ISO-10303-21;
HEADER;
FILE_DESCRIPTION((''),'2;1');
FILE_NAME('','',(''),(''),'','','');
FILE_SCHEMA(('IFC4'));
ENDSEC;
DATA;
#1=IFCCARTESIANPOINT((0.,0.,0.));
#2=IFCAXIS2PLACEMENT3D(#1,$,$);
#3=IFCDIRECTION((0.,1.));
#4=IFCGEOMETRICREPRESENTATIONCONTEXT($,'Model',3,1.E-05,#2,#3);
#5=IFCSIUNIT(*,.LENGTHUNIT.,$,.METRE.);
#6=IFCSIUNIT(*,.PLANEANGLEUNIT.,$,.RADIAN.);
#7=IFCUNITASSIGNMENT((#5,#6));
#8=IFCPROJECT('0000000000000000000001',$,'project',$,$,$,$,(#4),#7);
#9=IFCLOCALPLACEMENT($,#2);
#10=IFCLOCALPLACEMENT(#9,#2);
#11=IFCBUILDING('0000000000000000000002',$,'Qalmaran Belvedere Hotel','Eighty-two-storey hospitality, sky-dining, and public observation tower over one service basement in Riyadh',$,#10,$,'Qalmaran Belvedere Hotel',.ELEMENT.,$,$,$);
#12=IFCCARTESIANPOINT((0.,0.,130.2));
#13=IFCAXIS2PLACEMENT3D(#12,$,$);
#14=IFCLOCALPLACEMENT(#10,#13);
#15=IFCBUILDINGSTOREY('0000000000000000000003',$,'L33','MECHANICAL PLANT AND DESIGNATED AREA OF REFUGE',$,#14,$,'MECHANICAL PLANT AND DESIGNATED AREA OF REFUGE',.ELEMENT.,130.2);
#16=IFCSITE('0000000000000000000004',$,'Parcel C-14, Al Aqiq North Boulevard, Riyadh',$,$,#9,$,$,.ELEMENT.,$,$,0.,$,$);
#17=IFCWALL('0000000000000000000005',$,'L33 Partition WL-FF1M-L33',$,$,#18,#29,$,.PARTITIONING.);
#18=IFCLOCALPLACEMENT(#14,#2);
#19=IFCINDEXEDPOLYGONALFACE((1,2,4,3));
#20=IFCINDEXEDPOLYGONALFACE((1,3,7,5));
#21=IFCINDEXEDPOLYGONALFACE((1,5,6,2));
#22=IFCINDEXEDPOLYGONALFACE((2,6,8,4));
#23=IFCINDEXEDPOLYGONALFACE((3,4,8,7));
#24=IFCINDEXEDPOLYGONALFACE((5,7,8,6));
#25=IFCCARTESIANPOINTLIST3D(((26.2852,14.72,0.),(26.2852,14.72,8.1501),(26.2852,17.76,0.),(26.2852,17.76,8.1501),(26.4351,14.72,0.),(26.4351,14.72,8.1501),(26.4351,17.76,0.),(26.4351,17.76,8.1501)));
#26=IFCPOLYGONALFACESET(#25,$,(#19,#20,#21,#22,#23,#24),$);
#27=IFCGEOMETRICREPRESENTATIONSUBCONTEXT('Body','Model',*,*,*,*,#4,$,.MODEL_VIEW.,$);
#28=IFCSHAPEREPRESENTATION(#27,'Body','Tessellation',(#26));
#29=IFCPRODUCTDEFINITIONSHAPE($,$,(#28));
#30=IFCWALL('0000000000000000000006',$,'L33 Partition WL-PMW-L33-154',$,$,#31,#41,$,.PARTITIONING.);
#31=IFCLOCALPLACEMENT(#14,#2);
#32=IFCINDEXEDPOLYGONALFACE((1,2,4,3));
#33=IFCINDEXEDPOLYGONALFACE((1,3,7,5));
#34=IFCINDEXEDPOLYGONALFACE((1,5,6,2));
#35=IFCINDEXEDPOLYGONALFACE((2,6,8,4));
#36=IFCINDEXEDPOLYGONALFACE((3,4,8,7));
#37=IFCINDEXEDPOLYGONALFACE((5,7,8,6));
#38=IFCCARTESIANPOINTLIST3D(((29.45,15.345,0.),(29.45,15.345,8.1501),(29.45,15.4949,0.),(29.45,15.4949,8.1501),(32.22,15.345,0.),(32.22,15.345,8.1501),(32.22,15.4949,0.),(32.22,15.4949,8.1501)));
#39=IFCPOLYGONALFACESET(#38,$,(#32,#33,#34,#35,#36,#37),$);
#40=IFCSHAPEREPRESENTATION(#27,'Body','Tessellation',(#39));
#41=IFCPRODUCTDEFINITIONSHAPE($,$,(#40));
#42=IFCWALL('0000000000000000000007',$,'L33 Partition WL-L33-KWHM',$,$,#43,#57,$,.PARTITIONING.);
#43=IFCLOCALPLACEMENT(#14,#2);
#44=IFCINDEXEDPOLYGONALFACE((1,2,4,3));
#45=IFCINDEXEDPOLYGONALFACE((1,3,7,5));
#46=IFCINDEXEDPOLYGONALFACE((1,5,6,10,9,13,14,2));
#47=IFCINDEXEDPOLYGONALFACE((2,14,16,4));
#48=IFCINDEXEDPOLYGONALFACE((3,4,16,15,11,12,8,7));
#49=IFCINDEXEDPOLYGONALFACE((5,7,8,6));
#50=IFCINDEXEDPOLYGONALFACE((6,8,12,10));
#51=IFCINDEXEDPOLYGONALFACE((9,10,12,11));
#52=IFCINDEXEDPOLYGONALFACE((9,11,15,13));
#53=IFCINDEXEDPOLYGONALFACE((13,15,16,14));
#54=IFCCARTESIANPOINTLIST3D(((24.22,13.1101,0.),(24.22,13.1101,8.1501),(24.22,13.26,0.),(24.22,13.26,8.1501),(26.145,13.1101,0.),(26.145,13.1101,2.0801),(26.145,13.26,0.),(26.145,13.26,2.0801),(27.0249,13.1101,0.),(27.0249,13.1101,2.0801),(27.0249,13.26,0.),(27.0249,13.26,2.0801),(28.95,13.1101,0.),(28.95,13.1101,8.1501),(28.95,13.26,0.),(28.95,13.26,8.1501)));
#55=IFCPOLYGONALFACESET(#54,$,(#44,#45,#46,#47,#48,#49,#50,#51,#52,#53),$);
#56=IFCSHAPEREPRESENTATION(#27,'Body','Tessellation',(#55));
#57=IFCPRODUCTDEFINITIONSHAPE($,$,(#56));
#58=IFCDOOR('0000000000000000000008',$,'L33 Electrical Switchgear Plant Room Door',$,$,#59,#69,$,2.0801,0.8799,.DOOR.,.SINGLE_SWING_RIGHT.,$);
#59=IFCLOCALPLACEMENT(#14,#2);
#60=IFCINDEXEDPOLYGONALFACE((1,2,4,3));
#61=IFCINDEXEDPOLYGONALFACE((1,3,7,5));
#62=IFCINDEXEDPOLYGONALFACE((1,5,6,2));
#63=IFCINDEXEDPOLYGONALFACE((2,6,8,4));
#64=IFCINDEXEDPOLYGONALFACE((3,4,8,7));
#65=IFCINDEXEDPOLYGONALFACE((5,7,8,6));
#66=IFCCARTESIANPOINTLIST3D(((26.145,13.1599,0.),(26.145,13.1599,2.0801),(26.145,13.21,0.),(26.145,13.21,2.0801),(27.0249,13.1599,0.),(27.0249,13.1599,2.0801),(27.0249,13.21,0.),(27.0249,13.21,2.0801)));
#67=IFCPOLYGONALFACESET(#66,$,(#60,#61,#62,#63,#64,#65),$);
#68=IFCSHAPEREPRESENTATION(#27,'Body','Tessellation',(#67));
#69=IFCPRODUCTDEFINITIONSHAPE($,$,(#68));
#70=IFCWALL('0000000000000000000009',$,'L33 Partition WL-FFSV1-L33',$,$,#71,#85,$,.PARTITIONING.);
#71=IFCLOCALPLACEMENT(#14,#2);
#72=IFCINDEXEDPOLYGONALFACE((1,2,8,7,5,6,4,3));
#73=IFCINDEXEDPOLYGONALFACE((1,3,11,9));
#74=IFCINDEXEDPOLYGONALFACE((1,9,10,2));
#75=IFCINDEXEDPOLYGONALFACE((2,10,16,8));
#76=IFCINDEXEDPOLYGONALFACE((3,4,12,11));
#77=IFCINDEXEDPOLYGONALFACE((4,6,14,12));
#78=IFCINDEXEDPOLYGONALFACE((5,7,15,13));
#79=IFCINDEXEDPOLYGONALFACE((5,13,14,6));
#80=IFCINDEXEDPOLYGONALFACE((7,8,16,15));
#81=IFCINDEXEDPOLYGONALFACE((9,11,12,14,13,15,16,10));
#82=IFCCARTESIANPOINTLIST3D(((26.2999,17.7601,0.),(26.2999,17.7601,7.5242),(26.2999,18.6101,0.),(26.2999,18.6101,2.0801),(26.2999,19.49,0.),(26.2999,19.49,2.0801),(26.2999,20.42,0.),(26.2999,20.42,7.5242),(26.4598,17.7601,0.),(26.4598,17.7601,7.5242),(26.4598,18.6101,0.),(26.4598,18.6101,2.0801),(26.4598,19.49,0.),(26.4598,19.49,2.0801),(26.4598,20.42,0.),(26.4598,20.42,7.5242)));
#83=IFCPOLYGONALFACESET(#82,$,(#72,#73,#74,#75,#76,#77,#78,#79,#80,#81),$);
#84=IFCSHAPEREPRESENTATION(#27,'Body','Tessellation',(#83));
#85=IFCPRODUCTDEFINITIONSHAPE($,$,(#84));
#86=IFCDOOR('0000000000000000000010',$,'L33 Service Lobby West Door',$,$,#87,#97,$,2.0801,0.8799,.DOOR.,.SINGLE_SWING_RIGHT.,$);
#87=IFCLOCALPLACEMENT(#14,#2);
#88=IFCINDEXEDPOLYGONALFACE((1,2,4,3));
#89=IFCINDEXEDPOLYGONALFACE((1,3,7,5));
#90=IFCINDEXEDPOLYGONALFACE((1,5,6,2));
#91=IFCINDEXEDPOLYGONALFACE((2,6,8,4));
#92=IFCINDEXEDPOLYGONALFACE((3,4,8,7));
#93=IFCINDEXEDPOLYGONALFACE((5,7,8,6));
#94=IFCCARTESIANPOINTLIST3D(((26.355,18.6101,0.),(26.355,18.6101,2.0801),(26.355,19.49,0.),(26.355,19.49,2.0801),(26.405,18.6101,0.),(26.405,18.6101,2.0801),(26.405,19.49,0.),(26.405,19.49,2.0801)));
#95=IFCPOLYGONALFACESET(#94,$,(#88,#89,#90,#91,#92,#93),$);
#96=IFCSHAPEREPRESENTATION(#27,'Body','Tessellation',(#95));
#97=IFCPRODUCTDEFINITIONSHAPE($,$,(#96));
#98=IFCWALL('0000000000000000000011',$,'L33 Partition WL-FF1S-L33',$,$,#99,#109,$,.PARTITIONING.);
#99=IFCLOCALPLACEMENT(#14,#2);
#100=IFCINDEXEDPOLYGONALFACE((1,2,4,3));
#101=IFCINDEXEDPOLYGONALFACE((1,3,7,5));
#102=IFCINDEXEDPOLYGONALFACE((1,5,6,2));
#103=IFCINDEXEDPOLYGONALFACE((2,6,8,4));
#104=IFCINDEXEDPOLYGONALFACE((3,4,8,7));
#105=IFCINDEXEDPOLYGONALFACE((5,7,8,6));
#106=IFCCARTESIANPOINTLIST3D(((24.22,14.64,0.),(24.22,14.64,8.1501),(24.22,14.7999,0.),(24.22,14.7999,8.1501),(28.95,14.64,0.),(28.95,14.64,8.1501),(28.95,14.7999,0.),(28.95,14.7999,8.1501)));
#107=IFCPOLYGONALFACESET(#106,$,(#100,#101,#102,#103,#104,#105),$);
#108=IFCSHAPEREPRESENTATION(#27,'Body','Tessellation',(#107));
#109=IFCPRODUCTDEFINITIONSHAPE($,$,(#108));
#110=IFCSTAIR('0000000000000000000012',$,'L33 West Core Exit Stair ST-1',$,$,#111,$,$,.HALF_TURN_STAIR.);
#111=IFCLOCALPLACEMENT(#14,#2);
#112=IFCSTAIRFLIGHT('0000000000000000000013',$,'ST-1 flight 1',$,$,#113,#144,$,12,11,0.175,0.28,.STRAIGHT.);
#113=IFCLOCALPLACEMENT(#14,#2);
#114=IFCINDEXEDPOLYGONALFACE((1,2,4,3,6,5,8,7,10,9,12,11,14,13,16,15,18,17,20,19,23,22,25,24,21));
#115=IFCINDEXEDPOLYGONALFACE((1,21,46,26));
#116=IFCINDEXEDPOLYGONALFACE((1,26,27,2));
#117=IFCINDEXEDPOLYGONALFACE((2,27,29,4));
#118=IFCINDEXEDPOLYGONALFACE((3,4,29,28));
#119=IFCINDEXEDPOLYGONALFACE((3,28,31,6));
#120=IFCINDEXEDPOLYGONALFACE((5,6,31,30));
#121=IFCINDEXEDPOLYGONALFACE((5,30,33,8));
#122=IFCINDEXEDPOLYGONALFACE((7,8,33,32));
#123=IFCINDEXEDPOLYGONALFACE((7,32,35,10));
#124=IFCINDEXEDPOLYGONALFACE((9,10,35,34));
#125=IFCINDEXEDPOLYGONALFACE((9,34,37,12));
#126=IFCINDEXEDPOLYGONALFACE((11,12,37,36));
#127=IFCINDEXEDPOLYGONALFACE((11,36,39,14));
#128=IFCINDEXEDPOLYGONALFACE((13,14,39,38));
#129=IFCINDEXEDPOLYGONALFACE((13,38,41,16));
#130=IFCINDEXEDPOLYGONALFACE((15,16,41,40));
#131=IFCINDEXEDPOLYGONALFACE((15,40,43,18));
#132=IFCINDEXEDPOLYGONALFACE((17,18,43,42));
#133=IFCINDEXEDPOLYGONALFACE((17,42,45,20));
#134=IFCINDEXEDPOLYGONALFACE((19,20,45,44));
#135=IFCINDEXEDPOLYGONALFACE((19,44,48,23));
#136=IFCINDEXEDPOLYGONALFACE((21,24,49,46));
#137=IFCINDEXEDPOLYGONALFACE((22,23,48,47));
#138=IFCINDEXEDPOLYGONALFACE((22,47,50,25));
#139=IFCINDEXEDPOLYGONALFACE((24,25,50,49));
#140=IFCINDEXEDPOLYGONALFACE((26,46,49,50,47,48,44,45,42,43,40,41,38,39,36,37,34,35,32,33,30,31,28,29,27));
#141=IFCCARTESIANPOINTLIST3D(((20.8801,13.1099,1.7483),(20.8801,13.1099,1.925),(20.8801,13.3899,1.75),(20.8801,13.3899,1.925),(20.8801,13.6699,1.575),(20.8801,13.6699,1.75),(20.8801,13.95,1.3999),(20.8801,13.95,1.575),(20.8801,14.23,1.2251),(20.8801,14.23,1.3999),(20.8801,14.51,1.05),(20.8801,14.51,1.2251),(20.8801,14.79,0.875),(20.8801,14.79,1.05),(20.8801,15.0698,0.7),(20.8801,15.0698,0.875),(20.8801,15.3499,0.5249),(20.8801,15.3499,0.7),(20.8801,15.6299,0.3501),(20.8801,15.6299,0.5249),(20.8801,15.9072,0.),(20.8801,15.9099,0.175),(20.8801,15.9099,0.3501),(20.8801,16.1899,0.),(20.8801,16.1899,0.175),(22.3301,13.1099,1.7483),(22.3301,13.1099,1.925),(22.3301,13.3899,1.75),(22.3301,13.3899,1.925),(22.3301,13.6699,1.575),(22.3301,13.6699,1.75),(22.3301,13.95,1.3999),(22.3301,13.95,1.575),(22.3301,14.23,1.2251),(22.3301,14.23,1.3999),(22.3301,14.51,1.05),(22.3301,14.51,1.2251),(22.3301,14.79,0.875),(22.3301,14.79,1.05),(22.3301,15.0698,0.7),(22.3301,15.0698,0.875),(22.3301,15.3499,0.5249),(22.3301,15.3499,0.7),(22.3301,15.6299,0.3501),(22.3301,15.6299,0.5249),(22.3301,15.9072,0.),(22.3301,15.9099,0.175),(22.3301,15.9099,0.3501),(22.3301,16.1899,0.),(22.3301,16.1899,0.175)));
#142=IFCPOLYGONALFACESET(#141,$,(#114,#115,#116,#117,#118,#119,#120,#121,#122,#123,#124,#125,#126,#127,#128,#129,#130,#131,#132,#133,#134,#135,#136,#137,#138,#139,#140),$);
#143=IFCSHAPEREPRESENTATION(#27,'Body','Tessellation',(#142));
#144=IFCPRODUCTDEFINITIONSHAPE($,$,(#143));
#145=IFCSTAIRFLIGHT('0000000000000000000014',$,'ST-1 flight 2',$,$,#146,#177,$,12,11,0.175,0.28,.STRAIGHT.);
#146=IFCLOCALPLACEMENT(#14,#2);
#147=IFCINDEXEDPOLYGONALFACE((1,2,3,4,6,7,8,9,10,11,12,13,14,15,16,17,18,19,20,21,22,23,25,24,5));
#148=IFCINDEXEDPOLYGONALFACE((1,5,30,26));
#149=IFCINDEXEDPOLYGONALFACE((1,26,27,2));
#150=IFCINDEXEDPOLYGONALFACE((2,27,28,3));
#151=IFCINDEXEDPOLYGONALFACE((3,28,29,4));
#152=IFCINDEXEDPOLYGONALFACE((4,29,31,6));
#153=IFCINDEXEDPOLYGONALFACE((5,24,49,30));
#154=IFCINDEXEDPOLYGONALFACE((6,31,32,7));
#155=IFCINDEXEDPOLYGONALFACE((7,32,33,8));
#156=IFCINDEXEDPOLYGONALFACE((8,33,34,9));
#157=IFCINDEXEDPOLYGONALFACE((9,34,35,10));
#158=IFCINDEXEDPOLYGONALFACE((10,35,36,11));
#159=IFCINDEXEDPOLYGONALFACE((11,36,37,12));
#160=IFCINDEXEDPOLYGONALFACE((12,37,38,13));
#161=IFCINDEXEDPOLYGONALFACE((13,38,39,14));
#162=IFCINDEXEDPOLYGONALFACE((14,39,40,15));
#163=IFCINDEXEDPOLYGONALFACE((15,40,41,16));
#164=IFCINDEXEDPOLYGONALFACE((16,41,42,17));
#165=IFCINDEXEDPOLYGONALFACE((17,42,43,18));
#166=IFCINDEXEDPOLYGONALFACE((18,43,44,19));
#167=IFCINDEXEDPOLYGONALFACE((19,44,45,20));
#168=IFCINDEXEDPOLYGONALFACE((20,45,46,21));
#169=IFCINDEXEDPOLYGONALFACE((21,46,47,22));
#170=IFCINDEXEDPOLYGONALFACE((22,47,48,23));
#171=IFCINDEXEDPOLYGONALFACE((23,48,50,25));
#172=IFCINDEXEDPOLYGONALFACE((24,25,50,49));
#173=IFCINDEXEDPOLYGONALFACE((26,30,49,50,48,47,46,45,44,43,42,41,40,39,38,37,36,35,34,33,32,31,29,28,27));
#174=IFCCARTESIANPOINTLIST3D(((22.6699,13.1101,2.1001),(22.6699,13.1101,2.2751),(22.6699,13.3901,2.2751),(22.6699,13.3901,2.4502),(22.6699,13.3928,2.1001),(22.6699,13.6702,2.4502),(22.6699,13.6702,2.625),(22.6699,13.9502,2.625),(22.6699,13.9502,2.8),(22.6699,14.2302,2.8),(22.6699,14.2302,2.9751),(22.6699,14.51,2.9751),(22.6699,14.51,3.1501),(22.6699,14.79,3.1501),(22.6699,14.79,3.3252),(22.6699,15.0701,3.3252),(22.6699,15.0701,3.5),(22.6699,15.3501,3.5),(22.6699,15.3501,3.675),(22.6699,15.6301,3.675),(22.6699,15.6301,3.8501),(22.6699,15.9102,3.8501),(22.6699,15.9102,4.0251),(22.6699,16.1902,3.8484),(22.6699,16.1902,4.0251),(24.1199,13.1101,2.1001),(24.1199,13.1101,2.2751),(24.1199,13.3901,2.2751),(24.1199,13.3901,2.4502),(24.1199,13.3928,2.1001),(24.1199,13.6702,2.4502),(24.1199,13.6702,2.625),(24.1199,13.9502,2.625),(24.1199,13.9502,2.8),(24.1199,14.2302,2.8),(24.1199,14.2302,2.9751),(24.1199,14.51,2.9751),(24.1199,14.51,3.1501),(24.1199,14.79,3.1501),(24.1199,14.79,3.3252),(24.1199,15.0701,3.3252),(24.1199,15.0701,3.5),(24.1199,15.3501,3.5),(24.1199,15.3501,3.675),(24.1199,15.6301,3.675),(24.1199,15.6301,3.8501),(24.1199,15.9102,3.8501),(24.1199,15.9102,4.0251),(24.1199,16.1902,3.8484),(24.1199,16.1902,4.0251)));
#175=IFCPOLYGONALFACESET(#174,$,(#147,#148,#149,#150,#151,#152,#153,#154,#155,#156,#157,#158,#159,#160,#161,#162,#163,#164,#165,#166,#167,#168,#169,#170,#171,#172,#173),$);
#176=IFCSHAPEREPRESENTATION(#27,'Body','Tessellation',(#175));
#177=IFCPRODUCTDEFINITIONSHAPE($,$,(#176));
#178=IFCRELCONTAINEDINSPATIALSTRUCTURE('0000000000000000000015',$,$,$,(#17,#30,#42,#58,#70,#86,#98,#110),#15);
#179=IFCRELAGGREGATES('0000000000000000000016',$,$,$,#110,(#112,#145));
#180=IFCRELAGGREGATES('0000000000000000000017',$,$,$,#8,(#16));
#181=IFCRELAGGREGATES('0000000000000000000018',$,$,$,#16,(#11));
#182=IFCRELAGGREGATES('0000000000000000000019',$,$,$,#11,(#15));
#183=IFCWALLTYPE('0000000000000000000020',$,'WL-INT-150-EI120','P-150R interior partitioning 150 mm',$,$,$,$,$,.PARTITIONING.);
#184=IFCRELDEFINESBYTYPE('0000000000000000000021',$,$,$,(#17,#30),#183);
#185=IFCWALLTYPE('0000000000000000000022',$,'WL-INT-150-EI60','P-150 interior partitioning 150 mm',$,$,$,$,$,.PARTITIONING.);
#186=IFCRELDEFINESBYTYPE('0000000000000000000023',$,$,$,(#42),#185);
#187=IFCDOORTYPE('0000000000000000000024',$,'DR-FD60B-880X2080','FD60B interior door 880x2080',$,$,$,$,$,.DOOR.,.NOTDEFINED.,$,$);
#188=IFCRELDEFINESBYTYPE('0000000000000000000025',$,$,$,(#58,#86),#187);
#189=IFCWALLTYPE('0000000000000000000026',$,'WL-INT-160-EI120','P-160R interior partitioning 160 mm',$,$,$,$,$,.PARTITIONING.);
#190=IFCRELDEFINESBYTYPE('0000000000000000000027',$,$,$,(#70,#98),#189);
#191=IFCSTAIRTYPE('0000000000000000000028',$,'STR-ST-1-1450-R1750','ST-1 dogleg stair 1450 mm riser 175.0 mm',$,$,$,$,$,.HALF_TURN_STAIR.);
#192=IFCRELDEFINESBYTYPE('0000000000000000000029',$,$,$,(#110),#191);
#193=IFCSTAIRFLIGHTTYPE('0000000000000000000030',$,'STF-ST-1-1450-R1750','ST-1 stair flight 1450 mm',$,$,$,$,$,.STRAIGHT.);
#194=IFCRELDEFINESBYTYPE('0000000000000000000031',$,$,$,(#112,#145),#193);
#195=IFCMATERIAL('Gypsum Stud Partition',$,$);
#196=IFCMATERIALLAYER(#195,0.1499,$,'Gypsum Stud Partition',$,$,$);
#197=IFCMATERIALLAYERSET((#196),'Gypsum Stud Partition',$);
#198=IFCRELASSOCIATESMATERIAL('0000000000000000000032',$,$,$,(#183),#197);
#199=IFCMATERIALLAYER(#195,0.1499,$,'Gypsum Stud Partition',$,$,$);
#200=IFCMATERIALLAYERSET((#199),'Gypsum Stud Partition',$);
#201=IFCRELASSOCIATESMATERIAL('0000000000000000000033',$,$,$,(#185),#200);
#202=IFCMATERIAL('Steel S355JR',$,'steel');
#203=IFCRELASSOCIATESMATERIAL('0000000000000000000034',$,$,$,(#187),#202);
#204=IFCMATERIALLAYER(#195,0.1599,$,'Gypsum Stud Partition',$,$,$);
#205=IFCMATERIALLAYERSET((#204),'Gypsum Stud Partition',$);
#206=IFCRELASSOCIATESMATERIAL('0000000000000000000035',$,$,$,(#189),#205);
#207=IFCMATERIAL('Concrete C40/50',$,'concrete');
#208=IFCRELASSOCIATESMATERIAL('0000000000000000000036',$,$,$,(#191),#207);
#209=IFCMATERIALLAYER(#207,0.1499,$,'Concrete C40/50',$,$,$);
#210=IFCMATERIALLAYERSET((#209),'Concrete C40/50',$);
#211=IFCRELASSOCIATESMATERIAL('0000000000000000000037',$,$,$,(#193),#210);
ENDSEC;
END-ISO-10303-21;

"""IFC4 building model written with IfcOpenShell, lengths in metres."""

from ifc_helpers import new_model, si_unit, direction, frame, frame_2d, origin, place, context, subcontext, project, spatial, polyline, rectangle, outline, extrude, material, layer, layer_set, type_object, element, fill, aggregate, save


model = new_model("IFC4")

# Units and contexts
model_context = context("Model", 3, precision=1e-05, world=origin(), true_north=direction((0.0, 1.0)))
body_context = subcontext(model_context, "Body", "Model", "MODEL_VIEW")
ifc_project = project(units=[si_unit("LENGTHUNIT", "METRE"), si_unit("PLANEANGLEUNIT", "RADIAN")], contexts=[model_context])

# Site, building, storey
site_placement = place(None, origin())
site = spatial("IfcSite", under=ifc_project, at=site_placement, Name="Parcel C-14, Al Aqiq North Boulevard, Riyadh", CompositionType="ELEMENT", RefElevation=0.0)
building_placement = place(site_placement, origin())
building = spatial("IfcBuilding", under=site, at=building_placement, Name="Qalmaran Belvedere Hotel", Description="Eighty-two-storey hospitality, sky-dining, and public observation tower over one service basement in Riyadh", LongName="Qalmaran Belvedere Hotel", CompositionType="ELEMENT")
storey_placement = place(building_placement, frame((0.0, 0.0, 130.2)))
storey = spatial("IfcBuildingStorey", under=building, at=storey_placement, Name="L33", Description="MECHANICAL PLANT AND DESIGNATED AREA OF REFUGE", LongName="MECHANICAL PLANT AND DESIGNATED AREA OF REFUGE", CompositionType="ELEMENT", Elevation=130.2)

# Walls
ifc_material_1 = material(Name="Gypsum Stud Partition")
ifc_layer_1 = layer(ifc_material_1, 0.1499, Name="Gypsum Stud Partition")
ifc_layer_set_1 = layer_set([ifc_layer_1], Name="Gypsum Stud Partition")
wall_type_1 = type_object("IfcWallType", Name="WL-INT-150-EI120", Description="P-150R interior partitioning 150 mm", PredefinedType="PARTITIONING", material=ifc_layer_set_1)
wall_1_placement = place(storey_placement, frame((26.3601, 14.72, 0.0), z_axis=(0.0, 0.0, 1.0), x_axis=(0.0, 1.0, 0.0)))
element("IfcWall", 1, at=wall_1_placement, inside=storey, type_object=wall_type_1, Name="L33 Partition WL-FF1M-L33", PredefinedType="PARTITIONING", context=body_context, shape_type="SweptSolid", body=[
    extrude(rectangle(XDim=3.04, YDim=0.1499, at=frame_2d((1.52, 0.0))), origin(), (0.0, 0.0, 1.0), 8.1501),
])
wall_2_placement = place(storey_placement, frame((29.45, 15.4199, 0.0), z_axis=(0.0, 0.0, 1.0), x_axis=(1.0, 0.0, 0.0)))
element("IfcWall", 2, at=wall_2_placement, inside=storey, type_object=wall_type_1, Name="L33 Partition WL-PMW-L33-154", PredefinedType="PARTITIONING", context=body_context, shape_type="SweptSolid", body=[
    extrude(rectangle(XDim=2.77, YDim=0.1499, at=frame_2d((1.385, 0.0))), origin(), (0.0, 0.0, 1.0), 8.1501),
])

# Walls, openings, doors
ifc_layer_2 = layer(ifc_material_1, 0.1499, Name="Gypsum Stud Partition")
ifc_layer_set_2 = layer_set([ifc_layer_2], Name="Gypsum Stud Partition")
wall_type_2 = type_object("IfcWallType", Name="WL-INT-150-EI60", Description="P-150 interior partitioning 150 mm", PredefinedType="PARTITIONING", material=ifc_layer_set_2)
wall_3_placement = place(storey_placement, frame((24.22, 13.1851, 0.0), z_axis=(0.0, 0.0, 1.0), x_axis=(1.0, 0.0, 0.0)))
wall_3 = element("IfcWall", 3, at=wall_3_placement, inside=storey, type_object=wall_type_2, Name="L33 Partition WL-L33-KWHM", PredefinedType="PARTITIONING", context=body_context, shape_type="SweptSolid", body=[
    extrude(rectangle(XDim=4.73, YDim=0.1499, at=frame_2d((2.365, 0.0))), origin(), (0.0, 0.0, 1.0), 8.1501),
])
opening_1_placement = place(wall_3_placement, frame((1.925, 0.0, 0.0)))
opening_1 = element("IfcOpeningElement", 4, at=opening_1_placement, cuts=wall_3, PredefinedType="OPENING", context=body_context, shape_type="SweptSolid", body=[
    extrude(rectangle(XDim=0.8799, YDim=2.0801, at=frame_2d((0.4399, 1.04))), frame((0.0, 0.085, 0.0), z_axis=(0.0, -1.0, 0.0), x_axis=(1.0, 0.0, 0.0)), (0.0, 0.0, 1.0), 0.1699),
])
ifc_material_2 = material(Name="Steel S355JR", Category="steel")
door_type = type_object("IfcDoorType", Name="DR-FD60B-880X2080", Description="FD60B interior door 880x2080", OperationType="NOTDEFINED", PredefinedType="DOOR", material=ifc_material_2)
door_1_placement = place(opening_1_placement, origin())
door_1 = element("IfcDoor", 5, at=door_1_placement, inside=storey, type_object=door_type, Name="L33 Electrical Switchgear Plant Room Door", OperationType="SINGLE_SWING_RIGHT", OverallHeight=2.0801, OverallWidth=0.8799, PredefinedType="DOOR", context=body_context, shape_type="SweptSolid", body=[
    extrude(rectangle(XDim=0.8799, YDim=2.0801, at=frame_2d((0.4399, 1.04))), frame((0.0, 0.0249, 0.0), z_axis=(0.0, -1.0, 0.0), x_axis=(1.0, 0.0, 0.0)), (0.0, 0.0, 1.0), 0.05),
])
fill(opening_1, door_1)
ifc_layer_3 = layer(ifc_material_1, 0.1599, Name="Gypsum Stud Partition")
ifc_layer_set_3 = layer_set([ifc_layer_3], Name="Gypsum Stud Partition")
wall_type_3 = type_object("IfcWallType", Name="WL-INT-160-EI120", Description="P-160R interior partitioning 160 mm", PredefinedType="PARTITIONING", material=ifc_layer_set_3)
wall_4_placement = place(storey_placement, frame((26.3799, 17.76, 0.0), z_axis=(0.0, 0.0, 1.0), x_axis=(0.0, 1.0, 0.0)))
wall_4 = element("IfcWall", 6, at=wall_4_placement, inside=storey, type_object=wall_type_3, Name="L33 Partition WL-FFSV1-L33", PredefinedType="PARTITIONING", context=body_context, shape_type="SweptSolid", body=[
    extrude(rectangle(XDim=2.6599, YDim=0.1599, at=frame_2d((1.3301, 0.0))), origin(), (0.0, 0.0, 1.0), 7.5242),
])
opening_2_placement = place(wall_4_placement, frame((0.8501, 0.0, 0.0)))
opening_2 = element("IfcOpeningElement", 7, at=opening_2_placement, cuts=wall_4, PredefinedType="OPENING", context=body_context, shape_type="SweptSolid", body=[
    extrude(rectangle(XDim=0.8799, YDim=2.0801, at=frame_2d((0.4399, 1.04))), frame((0.0, 0.0898, 0.0), z_axis=(0.0, -1.0, 0.0), x_axis=(1.0, 0.0, 0.0)), (0.0, 0.0, 1.0), 0.1799),
])
door_2_placement = place(opening_2_placement, origin())
door_2 = element("IfcDoor", 8, at=door_2_placement, inside=storey, type_object=door_type, Name="L33 Service Lobby West Door", OperationType="SINGLE_SWING_RIGHT", OverallHeight=2.0801, OverallWidth=0.8799, PredefinedType="DOOR", context=body_context, shape_type="SweptSolid", body=[
    extrude(rectangle(XDim=0.8799, YDim=2.0801, at=frame_2d((0.4399, 1.04))), frame((0.0, 0.0249, 0.0), z_axis=(0.0, -1.0, 0.0), x_axis=(1.0, 0.0, 0.0)), (0.0, 0.0, 1.0), 0.05),
])
fill(opening_2, door_2)

# Wall
wall_5_placement = place(storey_placement, frame((24.22, 14.72, 0.0), z_axis=(0.0, 0.0, 1.0), x_axis=(1.0, 0.0, 0.0)))
element("IfcWall", 9, at=wall_5_placement, inside=storey, type_object=wall_type_3, Name="L33 Partition WL-FF1S-L33", PredefinedType="PARTITIONING", context=body_context, shape_type="SweptSolid", body=[
    extrude(rectangle(XDim=4.73, YDim=0.1599, at=frame_2d((2.365, 0.0))), origin(), (0.0, 0.0, 1.0), 8.1501),
])

# Stair, stair flights
ifc_material_3 = material(Name="Concrete C40/50", Category="concrete")
stair_type = type_object("IfcStairType", Name="STR-ST-1-1450-R1750", Description="ST-1 dogleg stair 1450 mm riser 175.0 mm", PredefinedType="HALF_TURN_STAIR", material=ifc_material_3)
stair_placement = place(storey_placement, origin())
stair = element("IfcStair", 10, at=stair_placement, inside=storey, type_object=stair_type, Name="L33 West Core Exit Stair ST-1", PredefinedType="HALF_TURN_STAIR")
ifc_layer_4 = layer(ifc_material_3, 0.1499, Name="Concrete C40/50")
ifc_layer_set_4 = layer_set([ifc_layer_4], Name="Concrete C40/50")
stair_flight_type = type_object("IfcStairFlightType", Name="STF-ST-1-1450-R1750", Description="ST-1 stair flight 1450 mm", PredefinedType="STRAIGHT", material=ifc_layer_set_4)
stair_flight_1_placement = place(storey_placement, frame((21.605, 16.1899, 0.0), z_axis=(0.0, 0.0, 1.0), x_axis=(0.0, -1.0, 0.0)))
stair_flight_1 = element("IfcStairFlight", 11, at=stair_flight_1_placement, type_object=stair_flight_type, Name="ST-1 flight 1", NumberOfRisers=12, NumberOfTreads=11, PredefinedType="STRAIGHT", RiserHeight=0.175, TreadLength=0.28, context=body_context, shape_type="SweptSolid", body=[
    extrude(outline(polyline([(0.0, 0.0), (0.0, 0.175), (0.28, 0.175), (0.28, 0.3501), (0.5601, 0.3501), (0.5601, 0.5249), (0.8401, 0.5249), (0.8401, 0.7), (1.1201, 0.7), (1.1201, 0.875), (1.3999, 0.875), (1.3999, 1.05), (1.6799, 1.05), (1.6799, 1.2251), (1.96, 1.2251), (1.96, 1.3999), (2.24, 1.3999), (2.24, 1.575), (2.52, 1.575), (2.52, 1.75), (2.8, 1.75), (2.8, 1.925), (3.0801, 1.925), (3.0801, 2.1001), (3.0801, 1.7483), (0.2827, 0.0), (0.0, 0.0)])), frame((0.0, 0.7251, 0.0), z_axis=(0.0, -1.0, 0.0), x_axis=(1.0, 0.0, 0.0)), (0.0, 0.0, 1.0), 1.45),
])
stair_flight_2_placement = place(storey_placement, frame((23.395, 13.1101, 2.1001), z_axis=(0.0, 0.0, 1.0), x_axis=(0.0, 1.0, 0.0)))
stair_flight_2 = element("IfcStairFlight", 12, at=stair_flight_2_placement, type_object=stair_flight_type, Name="ST-1 flight 2", NumberOfRisers=12, NumberOfTreads=11, PredefinedType="STRAIGHT", RiserHeight=0.175, TreadLength=0.28, context=body_context, shape_type="SweptSolid", body=[
    extrude(outline(polyline([(0.0, 0.0), (0.0, 0.175), (0.28, 0.175), (0.28, 0.3501), (0.5601, 0.3501), (0.5601, 0.5249), (0.8401, 0.5249), (0.8401, 0.7), (1.1201, 0.7), (1.1201, 0.875), (1.3999, 0.875), (1.3999, 1.05), (1.6799, 1.05), (1.6799, 1.2251), (1.96, 1.2251), (1.96, 1.3999), (2.24, 1.3999), (2.24, 1.575), (2.52, 1.575), (2.52, 1.75), (2.8, 1.75), (2.8, 1.925), (3.0801, 1.925), (3.0801, 2.1001), (3.0801, 1.7483), (0.2827, 0.0), (0.0, 0.0)])), frame((0.0, 0.7251, 0.0), z_axis=(0.0, -1.0, 0.0), x_axis=(1.0, 0.0, 0.0)), (0.0, 0.0, 1.0), 1.45),
])
aggregate(stair, [stair_flight_1, stair_flight_2])

save(model, "model.ifc")
